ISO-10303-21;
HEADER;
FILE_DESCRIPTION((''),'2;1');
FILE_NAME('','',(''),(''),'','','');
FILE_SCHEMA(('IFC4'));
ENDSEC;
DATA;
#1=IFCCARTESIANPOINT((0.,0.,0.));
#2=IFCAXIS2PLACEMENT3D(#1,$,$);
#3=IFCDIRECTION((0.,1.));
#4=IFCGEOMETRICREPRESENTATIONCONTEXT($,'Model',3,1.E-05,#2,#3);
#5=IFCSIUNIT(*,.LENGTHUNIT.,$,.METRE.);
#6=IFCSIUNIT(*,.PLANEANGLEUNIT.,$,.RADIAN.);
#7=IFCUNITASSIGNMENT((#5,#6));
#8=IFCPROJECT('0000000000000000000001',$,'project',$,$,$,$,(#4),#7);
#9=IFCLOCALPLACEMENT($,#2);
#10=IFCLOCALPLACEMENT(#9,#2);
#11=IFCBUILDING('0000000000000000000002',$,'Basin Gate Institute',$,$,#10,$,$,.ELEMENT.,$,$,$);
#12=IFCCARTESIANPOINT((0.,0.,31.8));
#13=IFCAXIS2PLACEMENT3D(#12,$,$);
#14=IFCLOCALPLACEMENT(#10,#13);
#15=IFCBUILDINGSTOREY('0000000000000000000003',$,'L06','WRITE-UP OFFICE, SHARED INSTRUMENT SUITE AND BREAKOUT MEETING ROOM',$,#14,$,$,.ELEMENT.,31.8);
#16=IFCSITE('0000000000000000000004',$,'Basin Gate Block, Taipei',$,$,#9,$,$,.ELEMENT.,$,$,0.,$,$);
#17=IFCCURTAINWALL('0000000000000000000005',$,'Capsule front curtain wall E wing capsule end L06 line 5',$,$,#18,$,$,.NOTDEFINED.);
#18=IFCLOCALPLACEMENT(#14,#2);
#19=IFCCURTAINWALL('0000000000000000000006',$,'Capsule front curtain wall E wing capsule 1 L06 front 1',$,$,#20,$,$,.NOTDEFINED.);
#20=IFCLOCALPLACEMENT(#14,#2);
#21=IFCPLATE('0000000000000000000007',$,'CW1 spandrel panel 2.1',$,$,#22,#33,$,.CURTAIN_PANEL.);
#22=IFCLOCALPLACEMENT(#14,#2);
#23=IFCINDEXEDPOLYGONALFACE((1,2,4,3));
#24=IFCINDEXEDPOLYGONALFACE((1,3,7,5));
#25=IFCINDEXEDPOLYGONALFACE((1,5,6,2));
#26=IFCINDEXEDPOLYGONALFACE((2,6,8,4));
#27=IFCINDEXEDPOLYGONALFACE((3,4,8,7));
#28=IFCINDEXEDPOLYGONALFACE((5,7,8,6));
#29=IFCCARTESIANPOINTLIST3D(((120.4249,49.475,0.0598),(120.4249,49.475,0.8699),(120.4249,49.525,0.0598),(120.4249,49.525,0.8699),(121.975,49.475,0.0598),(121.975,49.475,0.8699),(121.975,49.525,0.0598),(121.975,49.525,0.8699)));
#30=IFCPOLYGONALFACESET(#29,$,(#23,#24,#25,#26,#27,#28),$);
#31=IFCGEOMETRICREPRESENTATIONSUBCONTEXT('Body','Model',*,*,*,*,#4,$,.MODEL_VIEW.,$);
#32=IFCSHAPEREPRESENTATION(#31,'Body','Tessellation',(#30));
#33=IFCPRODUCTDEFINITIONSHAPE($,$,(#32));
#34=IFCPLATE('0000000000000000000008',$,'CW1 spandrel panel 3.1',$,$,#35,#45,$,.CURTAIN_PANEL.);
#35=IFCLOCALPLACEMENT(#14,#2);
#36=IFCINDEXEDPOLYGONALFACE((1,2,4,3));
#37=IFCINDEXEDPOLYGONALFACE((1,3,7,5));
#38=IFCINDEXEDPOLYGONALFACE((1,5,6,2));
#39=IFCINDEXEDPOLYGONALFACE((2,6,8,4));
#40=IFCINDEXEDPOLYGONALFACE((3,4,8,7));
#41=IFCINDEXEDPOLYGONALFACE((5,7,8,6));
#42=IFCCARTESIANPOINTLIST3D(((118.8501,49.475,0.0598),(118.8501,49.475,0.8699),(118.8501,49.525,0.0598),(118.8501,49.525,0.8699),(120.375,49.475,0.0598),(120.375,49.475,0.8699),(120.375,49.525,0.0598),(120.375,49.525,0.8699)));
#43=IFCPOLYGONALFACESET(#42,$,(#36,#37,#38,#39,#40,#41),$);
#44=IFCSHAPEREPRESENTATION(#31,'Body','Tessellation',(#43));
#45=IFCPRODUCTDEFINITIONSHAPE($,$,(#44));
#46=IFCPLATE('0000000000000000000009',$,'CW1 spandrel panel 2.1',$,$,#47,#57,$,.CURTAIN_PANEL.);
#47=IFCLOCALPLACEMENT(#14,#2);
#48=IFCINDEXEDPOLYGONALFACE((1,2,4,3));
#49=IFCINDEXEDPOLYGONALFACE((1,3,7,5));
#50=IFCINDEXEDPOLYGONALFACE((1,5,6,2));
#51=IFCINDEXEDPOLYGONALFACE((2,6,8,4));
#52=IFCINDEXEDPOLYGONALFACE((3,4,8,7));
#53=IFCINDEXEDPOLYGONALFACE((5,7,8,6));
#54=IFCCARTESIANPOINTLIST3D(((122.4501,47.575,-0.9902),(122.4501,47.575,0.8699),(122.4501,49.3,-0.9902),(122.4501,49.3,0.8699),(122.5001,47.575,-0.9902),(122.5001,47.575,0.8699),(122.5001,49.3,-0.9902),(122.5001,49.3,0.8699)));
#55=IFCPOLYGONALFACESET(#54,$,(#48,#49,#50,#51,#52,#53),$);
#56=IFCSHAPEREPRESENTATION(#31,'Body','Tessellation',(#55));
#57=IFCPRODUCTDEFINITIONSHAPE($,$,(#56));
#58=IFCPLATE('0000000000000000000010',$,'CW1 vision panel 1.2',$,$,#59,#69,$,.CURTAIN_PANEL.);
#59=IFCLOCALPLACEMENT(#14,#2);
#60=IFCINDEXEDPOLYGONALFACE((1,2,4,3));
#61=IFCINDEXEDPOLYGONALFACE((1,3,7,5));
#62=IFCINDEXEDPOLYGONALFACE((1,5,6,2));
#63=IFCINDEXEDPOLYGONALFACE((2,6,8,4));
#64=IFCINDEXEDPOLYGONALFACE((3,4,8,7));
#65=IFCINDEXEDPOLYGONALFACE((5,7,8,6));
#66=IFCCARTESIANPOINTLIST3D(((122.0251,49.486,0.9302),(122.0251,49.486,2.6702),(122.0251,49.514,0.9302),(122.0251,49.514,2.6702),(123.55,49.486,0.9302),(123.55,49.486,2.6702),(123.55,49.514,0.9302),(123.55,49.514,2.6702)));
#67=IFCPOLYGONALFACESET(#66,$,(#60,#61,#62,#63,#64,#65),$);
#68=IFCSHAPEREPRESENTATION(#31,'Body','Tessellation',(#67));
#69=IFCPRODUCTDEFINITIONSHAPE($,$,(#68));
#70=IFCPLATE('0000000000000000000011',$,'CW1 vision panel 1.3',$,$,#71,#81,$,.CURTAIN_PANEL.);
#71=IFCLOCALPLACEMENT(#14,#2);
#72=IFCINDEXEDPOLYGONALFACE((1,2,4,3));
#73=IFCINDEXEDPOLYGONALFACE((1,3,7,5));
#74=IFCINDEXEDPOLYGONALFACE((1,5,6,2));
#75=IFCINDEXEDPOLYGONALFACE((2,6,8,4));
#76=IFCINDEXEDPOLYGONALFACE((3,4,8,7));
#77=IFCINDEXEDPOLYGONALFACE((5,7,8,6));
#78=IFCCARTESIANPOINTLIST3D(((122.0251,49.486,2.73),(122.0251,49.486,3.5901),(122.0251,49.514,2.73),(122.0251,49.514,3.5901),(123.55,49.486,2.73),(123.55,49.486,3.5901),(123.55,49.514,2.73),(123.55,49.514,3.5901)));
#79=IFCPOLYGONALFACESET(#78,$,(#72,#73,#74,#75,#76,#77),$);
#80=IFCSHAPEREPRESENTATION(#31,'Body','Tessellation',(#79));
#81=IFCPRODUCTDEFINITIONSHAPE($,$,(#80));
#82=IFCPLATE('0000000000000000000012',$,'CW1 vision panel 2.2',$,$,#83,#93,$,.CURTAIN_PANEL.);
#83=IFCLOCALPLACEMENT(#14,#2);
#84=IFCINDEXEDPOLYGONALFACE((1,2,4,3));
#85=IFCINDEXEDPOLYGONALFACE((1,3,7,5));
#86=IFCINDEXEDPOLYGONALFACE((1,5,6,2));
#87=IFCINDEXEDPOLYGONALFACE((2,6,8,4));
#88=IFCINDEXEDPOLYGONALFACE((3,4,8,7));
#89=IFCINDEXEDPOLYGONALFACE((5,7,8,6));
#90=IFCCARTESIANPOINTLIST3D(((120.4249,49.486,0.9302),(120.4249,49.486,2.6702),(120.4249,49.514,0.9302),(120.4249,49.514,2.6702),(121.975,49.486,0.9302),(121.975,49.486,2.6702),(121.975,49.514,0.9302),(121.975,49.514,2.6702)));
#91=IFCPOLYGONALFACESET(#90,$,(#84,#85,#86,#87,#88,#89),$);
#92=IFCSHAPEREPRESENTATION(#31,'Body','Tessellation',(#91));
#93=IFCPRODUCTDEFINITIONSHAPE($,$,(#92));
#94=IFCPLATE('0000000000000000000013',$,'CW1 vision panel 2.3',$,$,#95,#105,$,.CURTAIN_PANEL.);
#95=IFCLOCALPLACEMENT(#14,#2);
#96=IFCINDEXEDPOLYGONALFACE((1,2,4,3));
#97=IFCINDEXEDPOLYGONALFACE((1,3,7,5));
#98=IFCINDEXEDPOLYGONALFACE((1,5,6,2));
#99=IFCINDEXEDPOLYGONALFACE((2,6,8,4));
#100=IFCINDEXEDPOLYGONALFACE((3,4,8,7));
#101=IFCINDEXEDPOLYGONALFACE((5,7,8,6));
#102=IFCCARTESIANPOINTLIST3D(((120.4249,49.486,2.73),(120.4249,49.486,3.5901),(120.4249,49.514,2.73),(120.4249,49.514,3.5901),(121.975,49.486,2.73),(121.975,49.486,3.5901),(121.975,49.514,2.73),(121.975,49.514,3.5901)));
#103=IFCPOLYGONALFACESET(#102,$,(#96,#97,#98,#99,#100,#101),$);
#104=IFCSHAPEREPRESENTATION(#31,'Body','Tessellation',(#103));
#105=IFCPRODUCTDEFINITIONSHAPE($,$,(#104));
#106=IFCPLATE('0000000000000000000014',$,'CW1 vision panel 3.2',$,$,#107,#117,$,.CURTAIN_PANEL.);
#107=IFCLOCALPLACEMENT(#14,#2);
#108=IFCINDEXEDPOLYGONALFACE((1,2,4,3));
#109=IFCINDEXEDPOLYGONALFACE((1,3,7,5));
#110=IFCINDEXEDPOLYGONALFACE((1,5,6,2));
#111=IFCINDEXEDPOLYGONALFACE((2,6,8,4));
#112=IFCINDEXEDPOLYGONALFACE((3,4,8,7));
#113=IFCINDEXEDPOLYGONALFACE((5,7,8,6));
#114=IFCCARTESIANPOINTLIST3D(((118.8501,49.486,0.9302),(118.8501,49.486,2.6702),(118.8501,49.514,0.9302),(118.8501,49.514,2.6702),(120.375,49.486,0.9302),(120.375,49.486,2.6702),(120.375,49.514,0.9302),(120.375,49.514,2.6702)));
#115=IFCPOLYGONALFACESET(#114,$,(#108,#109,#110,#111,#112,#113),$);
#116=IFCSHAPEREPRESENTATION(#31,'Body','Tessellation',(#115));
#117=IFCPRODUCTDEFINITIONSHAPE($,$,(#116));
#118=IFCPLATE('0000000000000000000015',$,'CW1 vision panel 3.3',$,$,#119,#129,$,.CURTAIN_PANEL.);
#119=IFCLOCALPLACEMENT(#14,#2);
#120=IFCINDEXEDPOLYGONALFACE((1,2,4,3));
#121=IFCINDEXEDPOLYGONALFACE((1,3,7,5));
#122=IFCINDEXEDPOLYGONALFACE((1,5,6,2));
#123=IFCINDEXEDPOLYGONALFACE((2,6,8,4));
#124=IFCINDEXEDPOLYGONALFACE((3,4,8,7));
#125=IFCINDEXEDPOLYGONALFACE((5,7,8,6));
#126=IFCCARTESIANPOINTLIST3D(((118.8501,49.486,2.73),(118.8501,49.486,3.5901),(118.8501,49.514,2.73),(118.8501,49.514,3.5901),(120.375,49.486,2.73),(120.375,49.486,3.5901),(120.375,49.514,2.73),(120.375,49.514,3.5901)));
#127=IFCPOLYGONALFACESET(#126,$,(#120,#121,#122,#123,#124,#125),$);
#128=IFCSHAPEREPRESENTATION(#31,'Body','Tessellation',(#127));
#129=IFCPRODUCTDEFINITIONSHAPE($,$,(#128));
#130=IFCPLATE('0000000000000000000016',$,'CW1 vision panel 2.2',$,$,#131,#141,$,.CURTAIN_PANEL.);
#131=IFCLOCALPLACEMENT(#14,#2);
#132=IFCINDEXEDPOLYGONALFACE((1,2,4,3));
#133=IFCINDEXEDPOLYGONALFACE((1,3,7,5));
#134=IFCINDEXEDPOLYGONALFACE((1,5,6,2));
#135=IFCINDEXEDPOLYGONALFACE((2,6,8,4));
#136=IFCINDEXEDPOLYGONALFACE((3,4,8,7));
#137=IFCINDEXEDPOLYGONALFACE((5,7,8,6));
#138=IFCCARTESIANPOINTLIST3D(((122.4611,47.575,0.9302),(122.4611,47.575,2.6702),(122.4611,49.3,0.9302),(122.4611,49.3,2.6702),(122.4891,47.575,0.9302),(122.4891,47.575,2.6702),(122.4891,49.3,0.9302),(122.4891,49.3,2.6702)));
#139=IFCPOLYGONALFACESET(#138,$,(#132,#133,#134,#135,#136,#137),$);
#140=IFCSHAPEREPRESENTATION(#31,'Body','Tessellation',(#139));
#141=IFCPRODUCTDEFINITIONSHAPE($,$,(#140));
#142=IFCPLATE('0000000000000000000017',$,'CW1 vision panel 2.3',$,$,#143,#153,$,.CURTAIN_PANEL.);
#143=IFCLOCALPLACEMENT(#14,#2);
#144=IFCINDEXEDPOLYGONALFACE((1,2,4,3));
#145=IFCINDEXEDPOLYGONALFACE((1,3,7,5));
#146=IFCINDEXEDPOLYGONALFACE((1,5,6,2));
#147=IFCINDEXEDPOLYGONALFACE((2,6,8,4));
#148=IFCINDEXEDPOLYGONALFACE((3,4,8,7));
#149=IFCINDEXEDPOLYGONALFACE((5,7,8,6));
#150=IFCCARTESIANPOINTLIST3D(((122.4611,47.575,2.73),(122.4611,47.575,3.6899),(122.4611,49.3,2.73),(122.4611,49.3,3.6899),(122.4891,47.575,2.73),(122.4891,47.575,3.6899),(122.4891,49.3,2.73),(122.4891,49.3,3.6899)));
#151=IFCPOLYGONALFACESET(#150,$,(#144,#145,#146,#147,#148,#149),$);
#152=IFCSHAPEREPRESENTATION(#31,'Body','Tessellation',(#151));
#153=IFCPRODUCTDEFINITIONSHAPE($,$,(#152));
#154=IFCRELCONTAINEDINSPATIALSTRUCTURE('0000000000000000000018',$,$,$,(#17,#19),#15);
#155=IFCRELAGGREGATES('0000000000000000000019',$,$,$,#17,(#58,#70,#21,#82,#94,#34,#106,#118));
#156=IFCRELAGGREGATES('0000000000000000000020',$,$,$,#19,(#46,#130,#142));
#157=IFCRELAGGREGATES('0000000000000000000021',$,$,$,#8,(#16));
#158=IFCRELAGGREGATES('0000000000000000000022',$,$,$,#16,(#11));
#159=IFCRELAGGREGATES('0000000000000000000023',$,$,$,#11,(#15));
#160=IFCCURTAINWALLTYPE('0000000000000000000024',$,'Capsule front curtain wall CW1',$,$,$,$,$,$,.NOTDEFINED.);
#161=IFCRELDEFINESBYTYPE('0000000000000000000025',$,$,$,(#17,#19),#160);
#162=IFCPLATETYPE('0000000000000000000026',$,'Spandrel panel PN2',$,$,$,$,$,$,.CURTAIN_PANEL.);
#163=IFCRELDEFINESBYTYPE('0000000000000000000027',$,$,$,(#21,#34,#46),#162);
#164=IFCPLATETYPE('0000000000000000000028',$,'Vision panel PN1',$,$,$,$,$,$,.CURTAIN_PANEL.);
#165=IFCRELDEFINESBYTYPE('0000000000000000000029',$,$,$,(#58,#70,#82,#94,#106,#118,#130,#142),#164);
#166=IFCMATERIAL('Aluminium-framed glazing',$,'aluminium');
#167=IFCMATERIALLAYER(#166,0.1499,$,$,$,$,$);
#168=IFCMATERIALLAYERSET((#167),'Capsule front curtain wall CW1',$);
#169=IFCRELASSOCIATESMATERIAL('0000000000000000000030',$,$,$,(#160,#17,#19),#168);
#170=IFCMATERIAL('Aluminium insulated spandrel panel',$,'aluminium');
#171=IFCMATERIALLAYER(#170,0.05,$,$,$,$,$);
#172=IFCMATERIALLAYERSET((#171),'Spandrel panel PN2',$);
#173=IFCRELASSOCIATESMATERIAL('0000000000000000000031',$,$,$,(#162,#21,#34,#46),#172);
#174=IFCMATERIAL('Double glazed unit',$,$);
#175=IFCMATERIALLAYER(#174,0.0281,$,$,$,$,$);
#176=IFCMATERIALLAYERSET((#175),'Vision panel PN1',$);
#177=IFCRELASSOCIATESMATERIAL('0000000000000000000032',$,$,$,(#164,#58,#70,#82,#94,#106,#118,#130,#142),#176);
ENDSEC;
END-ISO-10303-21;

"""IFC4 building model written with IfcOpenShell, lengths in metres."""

from ifc_helpers import new_model, si_unit, direction, frame, origin, origin_2d, place, context, subcontext, project, spatial, rectangle, extrude, material, layer, layer_set, type_object, element, aggregate, save


model = new_model("IFC4")

# Units and contexts
model_context = context("Model", 3, precision=1e-05, world=origin(), true_north=direction((0.0, 1.0)))
body_context = subcontext(model_context, "Body", "Model", "MODEL_VIEW")
ifc_project = project(units=[si_unit("LENGTHUNIT", "METRE"), si_unit("PLANEANGLEUNIT", "RADIAN")], contexts=[model_context])

# Site, building, storey
site_placement = place(None, origin())
site = spatial("IfcSite", under=ifc_project, at=site_placement, Name="Basin Gate Block, Taipei", CompositionType="ELEMENT", RefElevation=0.0)
building_placement = place(site_placement, origin())
building = spatial("IfcBuilding", under=site, at=building_placement, Name="Basin Gate Institute", CompositionType="ELEMENT")
storey_placement = place(building_placement, frame((0.0, 0.0, 31.8)))
storey = spatial("IfcBuildingStorey", under=building, at=storey_placement, Name="L06", Description="WRITE-UP OFFICE, SHARED INSTRUMENT SUITE AND BREAKOUT MEETING ROOM", CompositionType="ELEMENT", Elevation=31.8)

# Curtain wall
ifc_material_1 = material(Name="Aluminium-framed glazing", Category="aluminium")
ifc_layer_1 = layer(ifc_material_1, 0.1499)
ifc_layer_set_1 = layer_set([ifc_layer_1], Name="Capsule front curtain wall CW1")
curtain_wall_type = type_object("IfcCurtainWallType", Name="Capsule front curtain wall CW1", PredefinedType="NOTDEFINED", material=ifc_layer_set_1)
curtain_wall_1_placement = place(storey_placement, origin())
curtain_wall_1 = element("IfcCurtainWall", 1, at=curtain_wall_1_placement, inside=storey, type_object=curtain_wall_type, material=ifc_layer_set_1, Name="Capsule front curtain wall E wing capsule end L06 line 5", PredefinedType="NOTDEFINED")

# Curtain wall
curtain_wall_2_placement = place(storey_placement, origin())
curtain_wall_2 = element("IfcCurtainWall", 2, at=curtain_wall_2_placement, inside=storey, type_object=curtain_wall_type, material=ifc_layer_set_1, Name="Capsule front curtain wall E wing capsule 1 L06 front 1", PredefinedType="NOTDEFINED")

# Plates
ifc_material_2 = material(Name="Aluminium insulated spandrel panel", Category="aluminium")
ifc_layer_2 = layer(ifc_material_2, 0.05)
ifc_layer_set_2 = layer_set([ifc_layer_2], Name="Spandrel panel PN2")
plate_type_1 = type_object("IfcPlateType", Name="Spandrel panel PN2", PredefinedType="CURTAIN_PANEL", material=ifc_layer_set_2)
plate_1_placement = place(storey_placement, frame((121.2, 49.5, 0.0598), z_axis=(0.0, 0.0, 1.0), x_axis=(-1.0, 0.0, 0.0)))
plate_1 = element("IfcPlate", 3, at=plate_1_placement, type_object=plate_type_1, material=ifc_layer_set_2, Name="CW1 spandrel panel 2.1", PredefinedType="CURTAIN_PANEL", context=body_context, shape_type="SweptSolid", body=[
    extrude(rectangle(XDim=1.55, YDim=0.05, at=origin_2d()), origin(), (0.0, 0.0, 1.0), 0.8101),
])
plate_2_placement = place(storey_placement, frame((119.6125, 49.5, 0.0598), z_axis=(0.0, 0.0, 1.0), x_axis=(-1.0, 0.0, 0.0)))
plate_2 = element("IfcPlate", 4, at=plate_2_placement, type_object=plate_type_1, material=ifc_layer_set_2, Name="CW1 spandrel panel 3.1", PredefinedType="CURTAIN_PANEL", context=body_context, shape_type="SweptSolid", body=[
    extrude(rectangle(XDim=1.5249, YDim=0.05, at=origin_2d()), origin(), (0.0, 0.0, 1.0), 0.8101),
])
plate_3_placement = place(storey_placement, frame((122.4751, 48.4375, -0.9902), z_axis=(0.0, 0.0, 1.0), x_axis=(0.0, 1.0, 0.0)))
plate_3 = element("IfcPlate", 5, at=plate_3_placement, type_object=plate_type_1, material=ifc_layer_set_2, Name="CW1 spandrel panel 2.1", PredefinedType="CURTAIN_PANEL", context=body_context, shape_type="SweptSolid", body=[
    extrude(rectangle(XDim=1.7251, YDim=0.05, at=origin_2d()), origin(), (0.0, 0.0, 1.0), 1.8601),
])
ifc_material_3 = material(Name="Double glazed unit")
ifc_layer_3 = layer(ifc_material_3, 0.0281)
ifc_layer_set_3 = layer_set([ifc_layer_3], Name="Vision panel PN1")
plate_type_2 = type_object("IfcPlateType", Name="Vision panel PN1", PredefinedType="CURTAIN_PANEL", material=ifc_layer_set_3)
plate_4_placement = place(storey_placement, frame((122.7876, 49.5, 0.9302), z_axis=(0.0, 0.0, 1.0), x_axis=(-1.0, 0.0, 0.0)))
plate_4 = element("IfcPlate", 6, at=plate_4_placement, type_object=plate_type_2, material=ifc_layer_set_3, Name="CW1 vision panel 1.2", PredefinedType="CURTAIN_PANEL", context=body_context, shape_type="SweptSolid", body=[
    extrude(rectangle(XDim=1.5249, YDim=0.0281, at=origin_2d()), origin(), (0.0, 0.0, 1.0), 1.74),
])
plate_5_placement = place(storey_placement, frame((122.7876, 49.5, 2.73), z_axis=(0.0, 0.0, 1.0), x_axis=(-1.0, 0.0, 0.0)))
plate_5 = element("IfcPlate", 7, at=plate_5_placement, type_object=plate_type_2, material=ifc_layer_set_3, Name="CW1 vision panel 1.3", PredefinedType="CURTAIN_PANEL", context=body_context, shape_type="SweptSolid", body=[
    extrude(rectangle(XDim=1.5249, YDim=0.0281, at=origin_2d()), origin(), (0.0, 0.0, 1.0), 0.8601),
])
plate_6_placement = place(storey_placement, frame((121.2, 49.5, 0.9302), z_axis=(0.0, 0.0, 1.0), x_axis=(-1.0, 0.0, 0.0)))
plate_6 = element("IfcPlate", 8, at=plate_6_placement, type_object=plate_type_2, material=ifc_layer_set_3, Name="CW1 vision panel 2.2", PredefinedType="CURTAIN_PANEL", context=body_context, shape_type="SweptSolid", body=[
    extrude(rectangle(XDim=1.55, YDim=0.0281, at=origin_2d()), origin(), (0.0, 0.0, 1.0), 1.74),
])
plate_7_placement = place(storey_placement, frame((121.2, 49.5, 2.73), z_axis=(0.0, 0.0, 1.0), x_axis=(-1.0, 0.0, 0.0)))
plate_7 = element("IfcPlate", 9, at=plate_7_placement, type_object=plate_type_2, material=ifc_layer_set_3, Name="CW1 vision panel 2.3", PredefinedType="CURTAIN_PANEL", context=body_context, shape_type="SweptSolid", body=[
    extrude(rectangle(XDim=1.55, YDim=0.0281, at=origin_2d()), origin(), (0.0, 0.0, 1.0), 0.8601),
])
plate_8_placement = place(storey_placement, frame((119.6125, 49.5, 0.9302), z_axis=(0.0, 0.0, 1.0), x_axis=(-1.0, 0.0, 0.0)))
plate_8 = element("IfcPlate", 10, at=plate_8_placement, type_object=plate_type_2, material=ifc_layer_set_3, Name="CW1 vision panel 3.2", PredefinedType="CURTAIN_PANEL", context=body_context, shape_type="SweptSolid", body=[
    extrude(rectangle(XDim=1.5249, YDim=0.0281, at=origin_2d()), origin(), (0.0, 0.0, 1.0), 1.74),
])
plate_9_placement = place(storey_placement, frame((119.6125, 49.5, 2.73), z_axis=(0.0, 0.0, 1.0), x_axis=(-1.0, 0.0, 0.0)))
plate_9 = element("IfcPlate", 11, at=plate_9_placement, type_object=plate_type_2, material=ifc_layer_set_3, Name="CW1 vision panel 3.3", PredefinedType="CURTAIN_PANEL", context=body_context, shape_type="SweptSolid", body=[
    extrude(rectangle(XDim=1.5249, YDim=0.0281, at=origin_2d()), origin(), (0.0, 0.0, 1.0), 0.8601),
])
aggregate(curtain_wall_1, [plate_4, plate_5, plate_1, plate_6, plate_7, plate_2, plate_8, plate_9])
plate_10_placement = place(storey_placement, frame((122.4751, 48.4375, 0.9302), z_axis=(0.0, 0.0, 1.0), x_axis=(0.0, 1.0, 0.0)))
plate_10 = element("IfcPlate", 12, at=plate_10_placement, type_object=plate_type_2, material=ifc_layer_set_3, Name="CW1 vision panel 2.2", PredefinedType="CURTAIN_PANEL", context=body_context, shape_type="SweptSolid", body=[
    extrude(rectangle(XDim=1.7251, YDim=0.0281, at=origin_2d()), origin(), (0.0, 0.0, 1.0), 1.74),
])
plate_11_placement = place(storey_placement, frame((122.4751, 48.4375, 2.73), z_axis=(0.0, 0.0, 1.0), x_axis=(0.0, 1.0, 0.0)))
plate_11 = element("IfcPlate", 13, at=plate_11_placement, type_object=plate_type_2, material=ifc_layer_set_3, Name="CW1 vision panel 2.3", PredefinedType="CURTAIN_PANEL", context=body_context, shape_type="SweptSolid", body=[
    extrude(rectangle(XDim=1.7251, YDim=0.0281, at=origin_2d()), origin(), (0.0, 0.0, 1.0), 0.96),
])
aggregate(curtain_wall_2, [plate_3, plate_10, plate_11])

save(model, "model.ifc")
